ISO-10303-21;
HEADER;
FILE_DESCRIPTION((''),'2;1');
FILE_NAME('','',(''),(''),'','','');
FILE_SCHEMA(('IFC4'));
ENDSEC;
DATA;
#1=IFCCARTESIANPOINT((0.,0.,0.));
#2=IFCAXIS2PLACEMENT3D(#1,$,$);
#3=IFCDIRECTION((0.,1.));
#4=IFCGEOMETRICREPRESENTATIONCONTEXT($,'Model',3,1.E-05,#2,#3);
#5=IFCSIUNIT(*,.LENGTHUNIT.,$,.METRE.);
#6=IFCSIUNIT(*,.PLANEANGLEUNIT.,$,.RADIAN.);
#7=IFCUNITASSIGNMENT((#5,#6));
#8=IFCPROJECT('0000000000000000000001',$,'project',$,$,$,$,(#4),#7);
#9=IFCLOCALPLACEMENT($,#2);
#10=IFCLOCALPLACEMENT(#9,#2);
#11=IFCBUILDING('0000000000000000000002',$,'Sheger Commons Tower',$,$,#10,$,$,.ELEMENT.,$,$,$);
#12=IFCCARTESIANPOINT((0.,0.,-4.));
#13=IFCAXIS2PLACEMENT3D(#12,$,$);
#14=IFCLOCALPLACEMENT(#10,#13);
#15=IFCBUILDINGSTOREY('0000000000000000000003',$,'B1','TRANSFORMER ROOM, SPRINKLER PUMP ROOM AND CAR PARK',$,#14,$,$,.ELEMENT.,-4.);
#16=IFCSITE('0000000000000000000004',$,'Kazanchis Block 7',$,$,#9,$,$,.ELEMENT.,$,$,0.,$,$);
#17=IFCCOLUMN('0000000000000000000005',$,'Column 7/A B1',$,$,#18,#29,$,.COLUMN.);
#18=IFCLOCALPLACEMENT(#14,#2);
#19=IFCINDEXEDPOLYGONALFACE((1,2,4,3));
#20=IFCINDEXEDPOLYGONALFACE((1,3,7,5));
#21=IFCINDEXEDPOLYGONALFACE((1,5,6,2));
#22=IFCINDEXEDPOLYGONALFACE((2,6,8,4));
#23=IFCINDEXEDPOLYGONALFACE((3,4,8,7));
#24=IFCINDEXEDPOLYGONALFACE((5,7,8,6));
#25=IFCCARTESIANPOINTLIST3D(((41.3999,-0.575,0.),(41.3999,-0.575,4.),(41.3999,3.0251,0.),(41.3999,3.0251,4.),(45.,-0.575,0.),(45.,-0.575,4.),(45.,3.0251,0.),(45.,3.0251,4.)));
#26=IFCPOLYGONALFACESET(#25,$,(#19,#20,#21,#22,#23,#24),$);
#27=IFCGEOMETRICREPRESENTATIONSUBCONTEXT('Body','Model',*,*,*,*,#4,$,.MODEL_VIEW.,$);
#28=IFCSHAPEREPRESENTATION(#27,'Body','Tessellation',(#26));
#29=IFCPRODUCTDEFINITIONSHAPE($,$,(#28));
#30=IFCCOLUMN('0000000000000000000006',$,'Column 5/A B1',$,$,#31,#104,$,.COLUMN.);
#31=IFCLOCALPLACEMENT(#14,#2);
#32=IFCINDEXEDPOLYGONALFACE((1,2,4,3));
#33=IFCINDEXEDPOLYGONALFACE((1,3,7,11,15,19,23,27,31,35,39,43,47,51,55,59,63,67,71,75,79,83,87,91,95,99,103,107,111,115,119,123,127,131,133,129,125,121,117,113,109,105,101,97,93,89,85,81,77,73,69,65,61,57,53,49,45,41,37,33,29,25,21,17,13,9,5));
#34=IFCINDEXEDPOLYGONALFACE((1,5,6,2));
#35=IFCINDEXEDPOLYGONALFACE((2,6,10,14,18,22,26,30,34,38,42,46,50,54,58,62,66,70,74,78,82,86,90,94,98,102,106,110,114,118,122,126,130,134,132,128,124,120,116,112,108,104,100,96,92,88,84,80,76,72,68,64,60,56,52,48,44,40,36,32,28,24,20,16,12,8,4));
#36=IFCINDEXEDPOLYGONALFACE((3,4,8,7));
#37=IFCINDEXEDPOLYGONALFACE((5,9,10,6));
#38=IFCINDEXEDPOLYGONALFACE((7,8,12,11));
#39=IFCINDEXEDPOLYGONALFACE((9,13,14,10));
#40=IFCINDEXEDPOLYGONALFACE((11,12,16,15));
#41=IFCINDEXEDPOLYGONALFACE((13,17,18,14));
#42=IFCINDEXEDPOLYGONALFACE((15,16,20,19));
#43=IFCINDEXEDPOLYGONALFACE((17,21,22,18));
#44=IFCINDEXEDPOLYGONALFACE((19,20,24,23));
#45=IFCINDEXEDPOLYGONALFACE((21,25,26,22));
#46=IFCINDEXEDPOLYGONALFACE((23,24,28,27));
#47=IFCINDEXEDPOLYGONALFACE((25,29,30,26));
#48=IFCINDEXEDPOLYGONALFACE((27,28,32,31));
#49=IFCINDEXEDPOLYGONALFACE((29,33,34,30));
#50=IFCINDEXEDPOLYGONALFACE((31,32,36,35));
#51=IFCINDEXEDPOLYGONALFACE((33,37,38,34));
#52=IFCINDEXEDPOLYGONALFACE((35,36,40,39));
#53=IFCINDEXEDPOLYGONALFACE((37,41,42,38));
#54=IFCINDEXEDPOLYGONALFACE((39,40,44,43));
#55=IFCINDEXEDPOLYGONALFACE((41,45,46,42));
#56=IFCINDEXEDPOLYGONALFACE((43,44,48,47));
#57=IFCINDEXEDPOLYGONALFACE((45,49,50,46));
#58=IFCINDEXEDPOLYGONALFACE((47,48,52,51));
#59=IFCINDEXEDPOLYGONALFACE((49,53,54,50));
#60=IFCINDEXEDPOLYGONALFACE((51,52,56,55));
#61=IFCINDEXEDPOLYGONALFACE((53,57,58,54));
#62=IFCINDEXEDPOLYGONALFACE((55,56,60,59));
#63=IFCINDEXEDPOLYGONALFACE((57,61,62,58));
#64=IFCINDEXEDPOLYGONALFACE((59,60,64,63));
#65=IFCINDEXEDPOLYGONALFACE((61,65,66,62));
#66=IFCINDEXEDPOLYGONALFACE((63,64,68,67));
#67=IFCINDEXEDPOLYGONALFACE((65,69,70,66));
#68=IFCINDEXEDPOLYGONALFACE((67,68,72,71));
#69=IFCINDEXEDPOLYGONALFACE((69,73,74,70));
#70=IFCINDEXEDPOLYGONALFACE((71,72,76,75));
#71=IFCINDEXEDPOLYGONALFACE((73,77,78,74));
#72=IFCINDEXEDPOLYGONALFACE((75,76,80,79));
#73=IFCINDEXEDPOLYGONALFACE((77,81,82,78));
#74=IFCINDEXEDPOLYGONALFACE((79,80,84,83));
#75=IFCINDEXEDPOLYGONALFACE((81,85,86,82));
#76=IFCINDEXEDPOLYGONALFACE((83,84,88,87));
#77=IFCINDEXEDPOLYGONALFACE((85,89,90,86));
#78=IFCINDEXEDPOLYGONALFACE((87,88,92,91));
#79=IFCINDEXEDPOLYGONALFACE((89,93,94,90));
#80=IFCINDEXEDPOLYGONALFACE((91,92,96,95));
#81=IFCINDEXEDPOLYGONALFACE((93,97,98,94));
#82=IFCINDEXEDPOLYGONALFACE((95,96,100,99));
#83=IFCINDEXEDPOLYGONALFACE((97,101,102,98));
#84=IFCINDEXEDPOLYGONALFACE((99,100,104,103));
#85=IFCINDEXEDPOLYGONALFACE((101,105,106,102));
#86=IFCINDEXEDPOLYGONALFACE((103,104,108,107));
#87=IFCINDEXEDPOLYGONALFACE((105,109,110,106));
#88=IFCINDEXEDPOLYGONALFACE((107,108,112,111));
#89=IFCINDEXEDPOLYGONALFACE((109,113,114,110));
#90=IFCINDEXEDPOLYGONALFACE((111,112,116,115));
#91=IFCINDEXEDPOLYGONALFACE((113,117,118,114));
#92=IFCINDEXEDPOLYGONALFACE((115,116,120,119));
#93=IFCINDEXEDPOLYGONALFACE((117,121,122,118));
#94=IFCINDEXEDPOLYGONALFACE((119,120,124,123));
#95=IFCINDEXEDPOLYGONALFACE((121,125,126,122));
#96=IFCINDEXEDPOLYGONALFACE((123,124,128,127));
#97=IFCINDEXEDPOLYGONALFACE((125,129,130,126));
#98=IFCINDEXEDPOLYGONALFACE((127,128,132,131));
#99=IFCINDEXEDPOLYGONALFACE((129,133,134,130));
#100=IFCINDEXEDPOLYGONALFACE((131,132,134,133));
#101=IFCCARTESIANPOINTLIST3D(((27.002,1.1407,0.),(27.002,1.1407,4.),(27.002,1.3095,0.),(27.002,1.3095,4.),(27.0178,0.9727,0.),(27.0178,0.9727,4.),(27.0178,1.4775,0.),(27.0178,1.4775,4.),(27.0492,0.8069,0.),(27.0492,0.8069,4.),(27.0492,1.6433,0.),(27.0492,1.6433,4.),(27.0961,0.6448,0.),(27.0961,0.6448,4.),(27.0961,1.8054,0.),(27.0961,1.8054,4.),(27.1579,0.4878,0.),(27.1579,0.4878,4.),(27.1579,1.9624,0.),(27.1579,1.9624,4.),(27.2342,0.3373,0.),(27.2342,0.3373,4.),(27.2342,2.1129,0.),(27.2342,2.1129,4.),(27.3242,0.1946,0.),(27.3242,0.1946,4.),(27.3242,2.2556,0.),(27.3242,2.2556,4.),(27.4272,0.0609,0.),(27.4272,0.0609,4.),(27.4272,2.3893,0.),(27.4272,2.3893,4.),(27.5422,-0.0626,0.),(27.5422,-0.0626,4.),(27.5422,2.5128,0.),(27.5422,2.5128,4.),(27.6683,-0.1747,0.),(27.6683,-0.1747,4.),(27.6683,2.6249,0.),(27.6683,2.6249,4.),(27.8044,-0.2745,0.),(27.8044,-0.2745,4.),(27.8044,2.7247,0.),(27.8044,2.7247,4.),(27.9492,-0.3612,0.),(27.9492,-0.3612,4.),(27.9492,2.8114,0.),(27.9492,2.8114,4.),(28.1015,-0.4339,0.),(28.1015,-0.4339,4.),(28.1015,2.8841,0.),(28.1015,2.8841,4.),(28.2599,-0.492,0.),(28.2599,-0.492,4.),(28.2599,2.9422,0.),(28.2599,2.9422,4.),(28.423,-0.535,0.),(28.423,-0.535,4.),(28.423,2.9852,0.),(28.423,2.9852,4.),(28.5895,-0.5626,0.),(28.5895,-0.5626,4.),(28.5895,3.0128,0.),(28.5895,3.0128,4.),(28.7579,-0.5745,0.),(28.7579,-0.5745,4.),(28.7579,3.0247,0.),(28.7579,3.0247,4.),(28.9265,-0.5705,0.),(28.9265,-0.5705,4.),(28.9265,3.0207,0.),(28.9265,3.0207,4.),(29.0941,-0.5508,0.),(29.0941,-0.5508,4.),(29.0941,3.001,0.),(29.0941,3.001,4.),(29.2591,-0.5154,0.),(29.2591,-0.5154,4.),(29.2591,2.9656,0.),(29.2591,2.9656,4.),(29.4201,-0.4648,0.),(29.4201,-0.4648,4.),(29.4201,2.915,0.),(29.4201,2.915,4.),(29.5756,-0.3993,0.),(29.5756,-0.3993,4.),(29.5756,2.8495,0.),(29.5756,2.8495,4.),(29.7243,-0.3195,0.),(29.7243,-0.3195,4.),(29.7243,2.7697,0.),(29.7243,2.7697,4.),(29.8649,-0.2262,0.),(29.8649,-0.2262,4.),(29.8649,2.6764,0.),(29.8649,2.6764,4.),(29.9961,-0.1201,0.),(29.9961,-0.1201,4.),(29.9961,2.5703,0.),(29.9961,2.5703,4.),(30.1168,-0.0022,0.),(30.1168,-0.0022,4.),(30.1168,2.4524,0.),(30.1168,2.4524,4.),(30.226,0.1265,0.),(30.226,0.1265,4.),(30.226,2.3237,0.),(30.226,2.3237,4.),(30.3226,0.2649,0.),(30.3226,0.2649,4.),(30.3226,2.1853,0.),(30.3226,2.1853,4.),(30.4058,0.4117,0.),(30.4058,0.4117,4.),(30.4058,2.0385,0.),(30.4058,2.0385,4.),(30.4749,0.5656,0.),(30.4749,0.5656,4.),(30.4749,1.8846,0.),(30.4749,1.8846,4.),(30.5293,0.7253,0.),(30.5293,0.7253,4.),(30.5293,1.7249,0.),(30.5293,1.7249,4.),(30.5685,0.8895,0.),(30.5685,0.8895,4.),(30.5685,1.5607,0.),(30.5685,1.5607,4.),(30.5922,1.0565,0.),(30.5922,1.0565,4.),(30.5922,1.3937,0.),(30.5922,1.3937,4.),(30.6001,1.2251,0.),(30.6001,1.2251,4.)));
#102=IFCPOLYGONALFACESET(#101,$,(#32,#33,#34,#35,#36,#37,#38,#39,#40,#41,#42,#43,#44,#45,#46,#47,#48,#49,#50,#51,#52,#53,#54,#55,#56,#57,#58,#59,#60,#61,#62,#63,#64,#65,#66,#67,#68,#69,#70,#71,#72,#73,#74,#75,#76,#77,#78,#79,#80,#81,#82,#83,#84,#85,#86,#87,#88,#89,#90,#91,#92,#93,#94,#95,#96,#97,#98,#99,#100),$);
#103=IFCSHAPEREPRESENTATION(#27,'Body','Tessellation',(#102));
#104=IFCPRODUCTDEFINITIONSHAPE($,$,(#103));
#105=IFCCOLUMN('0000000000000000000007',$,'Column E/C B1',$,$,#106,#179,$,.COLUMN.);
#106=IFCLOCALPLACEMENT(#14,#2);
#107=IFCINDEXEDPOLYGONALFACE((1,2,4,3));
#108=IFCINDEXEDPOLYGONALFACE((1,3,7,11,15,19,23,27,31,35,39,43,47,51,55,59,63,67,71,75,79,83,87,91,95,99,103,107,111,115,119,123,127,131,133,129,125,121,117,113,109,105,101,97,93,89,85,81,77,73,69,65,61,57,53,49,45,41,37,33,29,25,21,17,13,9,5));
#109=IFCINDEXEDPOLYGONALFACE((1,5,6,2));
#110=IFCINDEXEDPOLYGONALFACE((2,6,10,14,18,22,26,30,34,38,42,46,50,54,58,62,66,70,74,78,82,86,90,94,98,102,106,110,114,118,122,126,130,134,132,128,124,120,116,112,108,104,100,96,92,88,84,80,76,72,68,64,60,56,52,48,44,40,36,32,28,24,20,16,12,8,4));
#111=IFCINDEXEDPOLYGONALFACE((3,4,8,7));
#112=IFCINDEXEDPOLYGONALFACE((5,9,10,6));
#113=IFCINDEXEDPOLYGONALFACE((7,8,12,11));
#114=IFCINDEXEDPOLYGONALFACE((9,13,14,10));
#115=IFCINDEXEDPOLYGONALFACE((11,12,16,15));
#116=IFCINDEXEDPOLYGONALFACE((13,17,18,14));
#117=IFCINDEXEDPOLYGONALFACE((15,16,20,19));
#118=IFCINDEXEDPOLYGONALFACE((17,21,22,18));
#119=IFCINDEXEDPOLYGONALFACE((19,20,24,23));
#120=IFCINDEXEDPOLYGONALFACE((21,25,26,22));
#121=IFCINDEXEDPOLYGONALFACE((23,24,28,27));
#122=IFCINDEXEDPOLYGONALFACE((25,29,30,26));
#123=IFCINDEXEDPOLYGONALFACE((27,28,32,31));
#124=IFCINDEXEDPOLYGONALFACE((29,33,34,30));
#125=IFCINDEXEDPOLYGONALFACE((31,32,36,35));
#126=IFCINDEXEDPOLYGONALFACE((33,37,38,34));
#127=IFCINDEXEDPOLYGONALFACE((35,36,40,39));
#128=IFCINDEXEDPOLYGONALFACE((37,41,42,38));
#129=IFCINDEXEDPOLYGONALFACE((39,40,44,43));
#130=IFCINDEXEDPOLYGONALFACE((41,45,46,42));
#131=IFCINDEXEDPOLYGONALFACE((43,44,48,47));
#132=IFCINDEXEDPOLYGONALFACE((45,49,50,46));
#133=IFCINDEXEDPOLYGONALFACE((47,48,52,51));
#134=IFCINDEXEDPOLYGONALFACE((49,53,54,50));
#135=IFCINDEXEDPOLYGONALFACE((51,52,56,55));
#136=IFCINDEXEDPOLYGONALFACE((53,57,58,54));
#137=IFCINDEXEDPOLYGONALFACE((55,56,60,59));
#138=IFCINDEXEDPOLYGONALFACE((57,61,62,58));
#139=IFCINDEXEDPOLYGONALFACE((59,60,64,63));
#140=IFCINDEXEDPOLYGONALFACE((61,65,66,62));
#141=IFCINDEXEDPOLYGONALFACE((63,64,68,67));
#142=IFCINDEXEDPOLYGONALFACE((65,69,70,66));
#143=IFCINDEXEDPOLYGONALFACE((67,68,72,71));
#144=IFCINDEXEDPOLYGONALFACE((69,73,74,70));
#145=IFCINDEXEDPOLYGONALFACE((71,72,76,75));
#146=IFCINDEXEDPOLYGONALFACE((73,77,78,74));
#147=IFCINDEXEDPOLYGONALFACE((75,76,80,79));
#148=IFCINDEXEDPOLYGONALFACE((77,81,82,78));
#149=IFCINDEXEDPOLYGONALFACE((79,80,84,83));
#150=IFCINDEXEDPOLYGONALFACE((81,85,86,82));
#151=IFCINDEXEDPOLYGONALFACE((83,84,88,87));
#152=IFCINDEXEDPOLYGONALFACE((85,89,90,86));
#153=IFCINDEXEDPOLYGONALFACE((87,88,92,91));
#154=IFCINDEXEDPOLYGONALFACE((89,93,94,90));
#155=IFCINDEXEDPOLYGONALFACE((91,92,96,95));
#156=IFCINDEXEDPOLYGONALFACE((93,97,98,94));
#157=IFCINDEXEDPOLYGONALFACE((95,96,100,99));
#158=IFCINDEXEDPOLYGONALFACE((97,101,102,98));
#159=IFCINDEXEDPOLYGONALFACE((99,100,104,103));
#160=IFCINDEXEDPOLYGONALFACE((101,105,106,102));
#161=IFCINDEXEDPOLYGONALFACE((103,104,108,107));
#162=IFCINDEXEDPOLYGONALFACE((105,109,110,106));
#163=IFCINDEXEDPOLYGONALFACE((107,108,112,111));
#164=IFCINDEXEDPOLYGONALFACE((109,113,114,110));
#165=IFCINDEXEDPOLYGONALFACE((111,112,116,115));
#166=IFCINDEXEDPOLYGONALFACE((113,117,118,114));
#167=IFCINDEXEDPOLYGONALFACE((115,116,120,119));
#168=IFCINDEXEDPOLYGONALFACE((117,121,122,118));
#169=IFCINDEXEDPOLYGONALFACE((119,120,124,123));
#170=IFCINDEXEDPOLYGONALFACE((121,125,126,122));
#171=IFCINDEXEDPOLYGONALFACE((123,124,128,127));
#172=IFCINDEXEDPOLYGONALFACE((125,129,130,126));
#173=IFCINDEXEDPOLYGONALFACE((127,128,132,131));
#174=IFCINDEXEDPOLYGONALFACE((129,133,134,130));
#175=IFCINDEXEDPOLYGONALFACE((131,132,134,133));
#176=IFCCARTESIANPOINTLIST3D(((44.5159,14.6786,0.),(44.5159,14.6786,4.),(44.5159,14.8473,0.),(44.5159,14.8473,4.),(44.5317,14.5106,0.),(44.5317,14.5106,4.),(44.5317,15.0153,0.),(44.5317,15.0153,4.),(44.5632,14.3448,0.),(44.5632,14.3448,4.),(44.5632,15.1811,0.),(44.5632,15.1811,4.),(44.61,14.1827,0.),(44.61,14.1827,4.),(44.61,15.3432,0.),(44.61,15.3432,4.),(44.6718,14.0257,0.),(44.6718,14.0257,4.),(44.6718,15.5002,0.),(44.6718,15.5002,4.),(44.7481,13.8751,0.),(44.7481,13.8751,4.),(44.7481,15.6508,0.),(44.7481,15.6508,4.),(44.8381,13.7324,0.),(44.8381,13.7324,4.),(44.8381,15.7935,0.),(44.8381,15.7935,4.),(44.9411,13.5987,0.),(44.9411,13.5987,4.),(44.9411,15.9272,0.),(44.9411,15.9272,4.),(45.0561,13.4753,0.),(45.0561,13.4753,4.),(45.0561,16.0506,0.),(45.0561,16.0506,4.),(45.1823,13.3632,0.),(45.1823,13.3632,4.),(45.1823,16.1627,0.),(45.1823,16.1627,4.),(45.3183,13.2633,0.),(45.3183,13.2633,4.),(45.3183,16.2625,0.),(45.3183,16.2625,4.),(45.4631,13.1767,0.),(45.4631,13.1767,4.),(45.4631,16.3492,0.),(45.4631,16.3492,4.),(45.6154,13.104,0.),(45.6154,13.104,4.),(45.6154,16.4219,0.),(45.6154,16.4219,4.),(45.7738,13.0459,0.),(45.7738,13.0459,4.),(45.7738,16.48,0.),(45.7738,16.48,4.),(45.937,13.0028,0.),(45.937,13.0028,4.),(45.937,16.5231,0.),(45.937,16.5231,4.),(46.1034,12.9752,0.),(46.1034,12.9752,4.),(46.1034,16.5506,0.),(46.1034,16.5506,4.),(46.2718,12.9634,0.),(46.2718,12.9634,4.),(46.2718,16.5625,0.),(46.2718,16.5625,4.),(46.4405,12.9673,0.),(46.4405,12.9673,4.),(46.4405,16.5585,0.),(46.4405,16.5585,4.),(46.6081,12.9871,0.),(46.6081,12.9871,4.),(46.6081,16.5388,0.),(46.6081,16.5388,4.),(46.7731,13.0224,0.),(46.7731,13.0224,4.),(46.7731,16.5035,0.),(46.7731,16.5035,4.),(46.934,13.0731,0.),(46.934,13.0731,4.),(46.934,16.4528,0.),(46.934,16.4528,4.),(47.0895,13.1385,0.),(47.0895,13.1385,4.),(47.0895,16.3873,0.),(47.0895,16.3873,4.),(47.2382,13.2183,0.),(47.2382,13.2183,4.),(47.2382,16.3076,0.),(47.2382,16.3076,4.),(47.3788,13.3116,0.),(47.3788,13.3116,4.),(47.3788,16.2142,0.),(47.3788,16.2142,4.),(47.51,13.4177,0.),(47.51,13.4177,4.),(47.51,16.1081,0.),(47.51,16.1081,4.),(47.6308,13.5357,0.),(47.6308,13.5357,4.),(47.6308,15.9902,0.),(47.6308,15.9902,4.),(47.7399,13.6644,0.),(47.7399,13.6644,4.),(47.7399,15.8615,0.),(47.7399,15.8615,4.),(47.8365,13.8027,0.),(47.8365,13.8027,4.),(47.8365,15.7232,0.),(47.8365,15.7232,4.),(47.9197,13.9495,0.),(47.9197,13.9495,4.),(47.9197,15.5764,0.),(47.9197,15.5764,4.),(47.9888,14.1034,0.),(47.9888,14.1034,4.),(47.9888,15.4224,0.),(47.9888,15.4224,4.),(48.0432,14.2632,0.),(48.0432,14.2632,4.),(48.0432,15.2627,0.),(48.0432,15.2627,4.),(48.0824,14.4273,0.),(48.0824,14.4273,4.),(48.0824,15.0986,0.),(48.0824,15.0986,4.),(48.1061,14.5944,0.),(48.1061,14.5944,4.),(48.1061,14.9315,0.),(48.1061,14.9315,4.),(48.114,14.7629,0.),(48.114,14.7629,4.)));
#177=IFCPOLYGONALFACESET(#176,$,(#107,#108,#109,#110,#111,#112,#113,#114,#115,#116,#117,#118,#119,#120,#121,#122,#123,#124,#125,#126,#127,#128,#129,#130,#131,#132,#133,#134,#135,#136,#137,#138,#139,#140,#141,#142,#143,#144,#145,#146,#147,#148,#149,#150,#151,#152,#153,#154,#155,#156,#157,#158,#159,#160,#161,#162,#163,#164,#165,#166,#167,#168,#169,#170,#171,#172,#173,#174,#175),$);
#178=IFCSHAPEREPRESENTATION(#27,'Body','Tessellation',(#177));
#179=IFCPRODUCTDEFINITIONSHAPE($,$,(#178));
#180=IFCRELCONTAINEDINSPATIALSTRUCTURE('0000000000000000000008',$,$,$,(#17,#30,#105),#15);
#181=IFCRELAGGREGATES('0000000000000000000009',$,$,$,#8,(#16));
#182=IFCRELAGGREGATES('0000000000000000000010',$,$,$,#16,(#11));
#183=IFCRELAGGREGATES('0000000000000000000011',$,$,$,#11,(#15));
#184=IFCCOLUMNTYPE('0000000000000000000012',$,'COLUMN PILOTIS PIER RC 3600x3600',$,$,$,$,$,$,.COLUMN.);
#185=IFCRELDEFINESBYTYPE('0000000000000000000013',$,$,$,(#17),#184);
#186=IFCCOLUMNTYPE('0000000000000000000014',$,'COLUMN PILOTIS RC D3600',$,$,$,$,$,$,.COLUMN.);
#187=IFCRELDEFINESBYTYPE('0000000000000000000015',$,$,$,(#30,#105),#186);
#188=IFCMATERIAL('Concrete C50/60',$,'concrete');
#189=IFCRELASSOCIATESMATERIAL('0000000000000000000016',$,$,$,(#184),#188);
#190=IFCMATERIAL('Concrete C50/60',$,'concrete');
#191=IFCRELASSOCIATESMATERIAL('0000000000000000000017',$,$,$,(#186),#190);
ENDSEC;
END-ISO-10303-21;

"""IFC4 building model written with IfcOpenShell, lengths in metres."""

from ifc_helpers import new_model, si_unit, direction, frame, origin, origin_2d, place, context, subcontext, project, spatial, rectangle, circle, extrude, material, material_profile, profile_set, type_object, element, save


model = new_model("IFC4")

# Units and contexts
model_context = context("Model", 3, precision=1e-05, world=origin(), true_north=direction((0.0, 1.0)))
body_context = subcontext(model_context, "Body", "Model", "MODEL_VIEW")
ifc_project = project(units=[si_unit("LENGTHUNIT", "METRE"), si_unit("PLANEANGLEUNIT", "RADIAN")], contexts=[model_context])

# Site, building, storey
site_placement = place(None, origin())
site = spatial("IfcSite", under=ifc_project, at=site_placement, Name="Kazanchis Block 7", CompositionType="ELEMENT", RefElevation=0.0)
building_placement = place(site_placement, origin())
building = spatial("IfcBuilding", under=site, at=building_placement, Name="Sheger Commons Tower", CompositionType="ELEMENT")
storey_placement = place(building_placement, frame((0.0, 0.0, -4.0)))
storey = spatial("IfcBuildingStorey", under=building, at=storey_placement, Name="B1", Description="TRANSFORMER ROOM, SPRINKLER PUMP ROOM AND CAR PARK", CompositionType="ELEMENT", Elevation=-4.0)

# Columns
ifc_material_1 = material(Name="Concrete C50/60", Category="concrete")
ifc_material_profile_1 = material_profile(ifc_material_1, rectangle(XDim=3.6001, YDim=3.6001, at=origin_2d()), Name="RC 3600x3600")
ifc_profile_set_1 = profile_set([ifc_material_profile_1], Name="Concrete C50/60")
column_type_1 = type_object("IfcColumnType", Name="COLUMN PILOTIS PIER RC 3600x3600", PredefinedType="COLUMN", material=ifc_profile_set_1)
column_1_placement = place(storey_placement, frame((43.2, 1.2251, 0.0), z_axis=(0.0, 0.0, 1.0), x_axis=(1.0, 0.0, 0.0)))
element("IfcColumn", 1, at=column_1_placement, inside=storey, type_object=column_type_1, Name="Column 7/A B1", PredefinedType="COLUMN", context=body_context, shape_type="SweptSolid", body=[
    extrude(rectangle(XDim=3.6001, YDim=3.6001, at=origin_2d()), origin(), (0.0, 0.0, 1.0), 4.0),
])
ifc_material_2 = material(Name="Concrete C50/60", Category="concrete")
ifc_material_profile_2 = material_profile(ifc_material_2, circle(Radius=1.8, at=origin_2d()), Name="RC D3600")
ifc_profile_set_2 = profile_set([ifc_material_profile_2], Name="Concrete C50/60")
column_type_2 = type_object("IfcColumnType", Name="COLUMN PILOTIS RC D3600", PredefinedType="COLUMN", material=ifc_profile_set_2)
for number, where, z_axis, x_axis, name in (
    (2, (28.8, 1.2251, 0.0), (0.0, 0.0, 1.0), (1.0, 0.0, 0.0), "Column 5/A B1"),
    (3, (46.314, 14.7629, 0.0), (0.0, 0.0, 1.0), (1.0, 0.0, 0.0), "Column E/C B1"),
):
    element("IfcColumn", number, at=place(storey_placement, frame(where, z_axis=z_axis, x_axis=x_axis)), inside=storey, type_object=column_type_2, Name=name, PredefinedType="COLUMN", context=body_context, shape_type="SweptSolid", body=[
        extrude(circle(Radius=1.8, at=origin_2d()), origin(), (0.0, 0.0, 1.0), 4.0),
    ])

save(model, "model.ifc")
